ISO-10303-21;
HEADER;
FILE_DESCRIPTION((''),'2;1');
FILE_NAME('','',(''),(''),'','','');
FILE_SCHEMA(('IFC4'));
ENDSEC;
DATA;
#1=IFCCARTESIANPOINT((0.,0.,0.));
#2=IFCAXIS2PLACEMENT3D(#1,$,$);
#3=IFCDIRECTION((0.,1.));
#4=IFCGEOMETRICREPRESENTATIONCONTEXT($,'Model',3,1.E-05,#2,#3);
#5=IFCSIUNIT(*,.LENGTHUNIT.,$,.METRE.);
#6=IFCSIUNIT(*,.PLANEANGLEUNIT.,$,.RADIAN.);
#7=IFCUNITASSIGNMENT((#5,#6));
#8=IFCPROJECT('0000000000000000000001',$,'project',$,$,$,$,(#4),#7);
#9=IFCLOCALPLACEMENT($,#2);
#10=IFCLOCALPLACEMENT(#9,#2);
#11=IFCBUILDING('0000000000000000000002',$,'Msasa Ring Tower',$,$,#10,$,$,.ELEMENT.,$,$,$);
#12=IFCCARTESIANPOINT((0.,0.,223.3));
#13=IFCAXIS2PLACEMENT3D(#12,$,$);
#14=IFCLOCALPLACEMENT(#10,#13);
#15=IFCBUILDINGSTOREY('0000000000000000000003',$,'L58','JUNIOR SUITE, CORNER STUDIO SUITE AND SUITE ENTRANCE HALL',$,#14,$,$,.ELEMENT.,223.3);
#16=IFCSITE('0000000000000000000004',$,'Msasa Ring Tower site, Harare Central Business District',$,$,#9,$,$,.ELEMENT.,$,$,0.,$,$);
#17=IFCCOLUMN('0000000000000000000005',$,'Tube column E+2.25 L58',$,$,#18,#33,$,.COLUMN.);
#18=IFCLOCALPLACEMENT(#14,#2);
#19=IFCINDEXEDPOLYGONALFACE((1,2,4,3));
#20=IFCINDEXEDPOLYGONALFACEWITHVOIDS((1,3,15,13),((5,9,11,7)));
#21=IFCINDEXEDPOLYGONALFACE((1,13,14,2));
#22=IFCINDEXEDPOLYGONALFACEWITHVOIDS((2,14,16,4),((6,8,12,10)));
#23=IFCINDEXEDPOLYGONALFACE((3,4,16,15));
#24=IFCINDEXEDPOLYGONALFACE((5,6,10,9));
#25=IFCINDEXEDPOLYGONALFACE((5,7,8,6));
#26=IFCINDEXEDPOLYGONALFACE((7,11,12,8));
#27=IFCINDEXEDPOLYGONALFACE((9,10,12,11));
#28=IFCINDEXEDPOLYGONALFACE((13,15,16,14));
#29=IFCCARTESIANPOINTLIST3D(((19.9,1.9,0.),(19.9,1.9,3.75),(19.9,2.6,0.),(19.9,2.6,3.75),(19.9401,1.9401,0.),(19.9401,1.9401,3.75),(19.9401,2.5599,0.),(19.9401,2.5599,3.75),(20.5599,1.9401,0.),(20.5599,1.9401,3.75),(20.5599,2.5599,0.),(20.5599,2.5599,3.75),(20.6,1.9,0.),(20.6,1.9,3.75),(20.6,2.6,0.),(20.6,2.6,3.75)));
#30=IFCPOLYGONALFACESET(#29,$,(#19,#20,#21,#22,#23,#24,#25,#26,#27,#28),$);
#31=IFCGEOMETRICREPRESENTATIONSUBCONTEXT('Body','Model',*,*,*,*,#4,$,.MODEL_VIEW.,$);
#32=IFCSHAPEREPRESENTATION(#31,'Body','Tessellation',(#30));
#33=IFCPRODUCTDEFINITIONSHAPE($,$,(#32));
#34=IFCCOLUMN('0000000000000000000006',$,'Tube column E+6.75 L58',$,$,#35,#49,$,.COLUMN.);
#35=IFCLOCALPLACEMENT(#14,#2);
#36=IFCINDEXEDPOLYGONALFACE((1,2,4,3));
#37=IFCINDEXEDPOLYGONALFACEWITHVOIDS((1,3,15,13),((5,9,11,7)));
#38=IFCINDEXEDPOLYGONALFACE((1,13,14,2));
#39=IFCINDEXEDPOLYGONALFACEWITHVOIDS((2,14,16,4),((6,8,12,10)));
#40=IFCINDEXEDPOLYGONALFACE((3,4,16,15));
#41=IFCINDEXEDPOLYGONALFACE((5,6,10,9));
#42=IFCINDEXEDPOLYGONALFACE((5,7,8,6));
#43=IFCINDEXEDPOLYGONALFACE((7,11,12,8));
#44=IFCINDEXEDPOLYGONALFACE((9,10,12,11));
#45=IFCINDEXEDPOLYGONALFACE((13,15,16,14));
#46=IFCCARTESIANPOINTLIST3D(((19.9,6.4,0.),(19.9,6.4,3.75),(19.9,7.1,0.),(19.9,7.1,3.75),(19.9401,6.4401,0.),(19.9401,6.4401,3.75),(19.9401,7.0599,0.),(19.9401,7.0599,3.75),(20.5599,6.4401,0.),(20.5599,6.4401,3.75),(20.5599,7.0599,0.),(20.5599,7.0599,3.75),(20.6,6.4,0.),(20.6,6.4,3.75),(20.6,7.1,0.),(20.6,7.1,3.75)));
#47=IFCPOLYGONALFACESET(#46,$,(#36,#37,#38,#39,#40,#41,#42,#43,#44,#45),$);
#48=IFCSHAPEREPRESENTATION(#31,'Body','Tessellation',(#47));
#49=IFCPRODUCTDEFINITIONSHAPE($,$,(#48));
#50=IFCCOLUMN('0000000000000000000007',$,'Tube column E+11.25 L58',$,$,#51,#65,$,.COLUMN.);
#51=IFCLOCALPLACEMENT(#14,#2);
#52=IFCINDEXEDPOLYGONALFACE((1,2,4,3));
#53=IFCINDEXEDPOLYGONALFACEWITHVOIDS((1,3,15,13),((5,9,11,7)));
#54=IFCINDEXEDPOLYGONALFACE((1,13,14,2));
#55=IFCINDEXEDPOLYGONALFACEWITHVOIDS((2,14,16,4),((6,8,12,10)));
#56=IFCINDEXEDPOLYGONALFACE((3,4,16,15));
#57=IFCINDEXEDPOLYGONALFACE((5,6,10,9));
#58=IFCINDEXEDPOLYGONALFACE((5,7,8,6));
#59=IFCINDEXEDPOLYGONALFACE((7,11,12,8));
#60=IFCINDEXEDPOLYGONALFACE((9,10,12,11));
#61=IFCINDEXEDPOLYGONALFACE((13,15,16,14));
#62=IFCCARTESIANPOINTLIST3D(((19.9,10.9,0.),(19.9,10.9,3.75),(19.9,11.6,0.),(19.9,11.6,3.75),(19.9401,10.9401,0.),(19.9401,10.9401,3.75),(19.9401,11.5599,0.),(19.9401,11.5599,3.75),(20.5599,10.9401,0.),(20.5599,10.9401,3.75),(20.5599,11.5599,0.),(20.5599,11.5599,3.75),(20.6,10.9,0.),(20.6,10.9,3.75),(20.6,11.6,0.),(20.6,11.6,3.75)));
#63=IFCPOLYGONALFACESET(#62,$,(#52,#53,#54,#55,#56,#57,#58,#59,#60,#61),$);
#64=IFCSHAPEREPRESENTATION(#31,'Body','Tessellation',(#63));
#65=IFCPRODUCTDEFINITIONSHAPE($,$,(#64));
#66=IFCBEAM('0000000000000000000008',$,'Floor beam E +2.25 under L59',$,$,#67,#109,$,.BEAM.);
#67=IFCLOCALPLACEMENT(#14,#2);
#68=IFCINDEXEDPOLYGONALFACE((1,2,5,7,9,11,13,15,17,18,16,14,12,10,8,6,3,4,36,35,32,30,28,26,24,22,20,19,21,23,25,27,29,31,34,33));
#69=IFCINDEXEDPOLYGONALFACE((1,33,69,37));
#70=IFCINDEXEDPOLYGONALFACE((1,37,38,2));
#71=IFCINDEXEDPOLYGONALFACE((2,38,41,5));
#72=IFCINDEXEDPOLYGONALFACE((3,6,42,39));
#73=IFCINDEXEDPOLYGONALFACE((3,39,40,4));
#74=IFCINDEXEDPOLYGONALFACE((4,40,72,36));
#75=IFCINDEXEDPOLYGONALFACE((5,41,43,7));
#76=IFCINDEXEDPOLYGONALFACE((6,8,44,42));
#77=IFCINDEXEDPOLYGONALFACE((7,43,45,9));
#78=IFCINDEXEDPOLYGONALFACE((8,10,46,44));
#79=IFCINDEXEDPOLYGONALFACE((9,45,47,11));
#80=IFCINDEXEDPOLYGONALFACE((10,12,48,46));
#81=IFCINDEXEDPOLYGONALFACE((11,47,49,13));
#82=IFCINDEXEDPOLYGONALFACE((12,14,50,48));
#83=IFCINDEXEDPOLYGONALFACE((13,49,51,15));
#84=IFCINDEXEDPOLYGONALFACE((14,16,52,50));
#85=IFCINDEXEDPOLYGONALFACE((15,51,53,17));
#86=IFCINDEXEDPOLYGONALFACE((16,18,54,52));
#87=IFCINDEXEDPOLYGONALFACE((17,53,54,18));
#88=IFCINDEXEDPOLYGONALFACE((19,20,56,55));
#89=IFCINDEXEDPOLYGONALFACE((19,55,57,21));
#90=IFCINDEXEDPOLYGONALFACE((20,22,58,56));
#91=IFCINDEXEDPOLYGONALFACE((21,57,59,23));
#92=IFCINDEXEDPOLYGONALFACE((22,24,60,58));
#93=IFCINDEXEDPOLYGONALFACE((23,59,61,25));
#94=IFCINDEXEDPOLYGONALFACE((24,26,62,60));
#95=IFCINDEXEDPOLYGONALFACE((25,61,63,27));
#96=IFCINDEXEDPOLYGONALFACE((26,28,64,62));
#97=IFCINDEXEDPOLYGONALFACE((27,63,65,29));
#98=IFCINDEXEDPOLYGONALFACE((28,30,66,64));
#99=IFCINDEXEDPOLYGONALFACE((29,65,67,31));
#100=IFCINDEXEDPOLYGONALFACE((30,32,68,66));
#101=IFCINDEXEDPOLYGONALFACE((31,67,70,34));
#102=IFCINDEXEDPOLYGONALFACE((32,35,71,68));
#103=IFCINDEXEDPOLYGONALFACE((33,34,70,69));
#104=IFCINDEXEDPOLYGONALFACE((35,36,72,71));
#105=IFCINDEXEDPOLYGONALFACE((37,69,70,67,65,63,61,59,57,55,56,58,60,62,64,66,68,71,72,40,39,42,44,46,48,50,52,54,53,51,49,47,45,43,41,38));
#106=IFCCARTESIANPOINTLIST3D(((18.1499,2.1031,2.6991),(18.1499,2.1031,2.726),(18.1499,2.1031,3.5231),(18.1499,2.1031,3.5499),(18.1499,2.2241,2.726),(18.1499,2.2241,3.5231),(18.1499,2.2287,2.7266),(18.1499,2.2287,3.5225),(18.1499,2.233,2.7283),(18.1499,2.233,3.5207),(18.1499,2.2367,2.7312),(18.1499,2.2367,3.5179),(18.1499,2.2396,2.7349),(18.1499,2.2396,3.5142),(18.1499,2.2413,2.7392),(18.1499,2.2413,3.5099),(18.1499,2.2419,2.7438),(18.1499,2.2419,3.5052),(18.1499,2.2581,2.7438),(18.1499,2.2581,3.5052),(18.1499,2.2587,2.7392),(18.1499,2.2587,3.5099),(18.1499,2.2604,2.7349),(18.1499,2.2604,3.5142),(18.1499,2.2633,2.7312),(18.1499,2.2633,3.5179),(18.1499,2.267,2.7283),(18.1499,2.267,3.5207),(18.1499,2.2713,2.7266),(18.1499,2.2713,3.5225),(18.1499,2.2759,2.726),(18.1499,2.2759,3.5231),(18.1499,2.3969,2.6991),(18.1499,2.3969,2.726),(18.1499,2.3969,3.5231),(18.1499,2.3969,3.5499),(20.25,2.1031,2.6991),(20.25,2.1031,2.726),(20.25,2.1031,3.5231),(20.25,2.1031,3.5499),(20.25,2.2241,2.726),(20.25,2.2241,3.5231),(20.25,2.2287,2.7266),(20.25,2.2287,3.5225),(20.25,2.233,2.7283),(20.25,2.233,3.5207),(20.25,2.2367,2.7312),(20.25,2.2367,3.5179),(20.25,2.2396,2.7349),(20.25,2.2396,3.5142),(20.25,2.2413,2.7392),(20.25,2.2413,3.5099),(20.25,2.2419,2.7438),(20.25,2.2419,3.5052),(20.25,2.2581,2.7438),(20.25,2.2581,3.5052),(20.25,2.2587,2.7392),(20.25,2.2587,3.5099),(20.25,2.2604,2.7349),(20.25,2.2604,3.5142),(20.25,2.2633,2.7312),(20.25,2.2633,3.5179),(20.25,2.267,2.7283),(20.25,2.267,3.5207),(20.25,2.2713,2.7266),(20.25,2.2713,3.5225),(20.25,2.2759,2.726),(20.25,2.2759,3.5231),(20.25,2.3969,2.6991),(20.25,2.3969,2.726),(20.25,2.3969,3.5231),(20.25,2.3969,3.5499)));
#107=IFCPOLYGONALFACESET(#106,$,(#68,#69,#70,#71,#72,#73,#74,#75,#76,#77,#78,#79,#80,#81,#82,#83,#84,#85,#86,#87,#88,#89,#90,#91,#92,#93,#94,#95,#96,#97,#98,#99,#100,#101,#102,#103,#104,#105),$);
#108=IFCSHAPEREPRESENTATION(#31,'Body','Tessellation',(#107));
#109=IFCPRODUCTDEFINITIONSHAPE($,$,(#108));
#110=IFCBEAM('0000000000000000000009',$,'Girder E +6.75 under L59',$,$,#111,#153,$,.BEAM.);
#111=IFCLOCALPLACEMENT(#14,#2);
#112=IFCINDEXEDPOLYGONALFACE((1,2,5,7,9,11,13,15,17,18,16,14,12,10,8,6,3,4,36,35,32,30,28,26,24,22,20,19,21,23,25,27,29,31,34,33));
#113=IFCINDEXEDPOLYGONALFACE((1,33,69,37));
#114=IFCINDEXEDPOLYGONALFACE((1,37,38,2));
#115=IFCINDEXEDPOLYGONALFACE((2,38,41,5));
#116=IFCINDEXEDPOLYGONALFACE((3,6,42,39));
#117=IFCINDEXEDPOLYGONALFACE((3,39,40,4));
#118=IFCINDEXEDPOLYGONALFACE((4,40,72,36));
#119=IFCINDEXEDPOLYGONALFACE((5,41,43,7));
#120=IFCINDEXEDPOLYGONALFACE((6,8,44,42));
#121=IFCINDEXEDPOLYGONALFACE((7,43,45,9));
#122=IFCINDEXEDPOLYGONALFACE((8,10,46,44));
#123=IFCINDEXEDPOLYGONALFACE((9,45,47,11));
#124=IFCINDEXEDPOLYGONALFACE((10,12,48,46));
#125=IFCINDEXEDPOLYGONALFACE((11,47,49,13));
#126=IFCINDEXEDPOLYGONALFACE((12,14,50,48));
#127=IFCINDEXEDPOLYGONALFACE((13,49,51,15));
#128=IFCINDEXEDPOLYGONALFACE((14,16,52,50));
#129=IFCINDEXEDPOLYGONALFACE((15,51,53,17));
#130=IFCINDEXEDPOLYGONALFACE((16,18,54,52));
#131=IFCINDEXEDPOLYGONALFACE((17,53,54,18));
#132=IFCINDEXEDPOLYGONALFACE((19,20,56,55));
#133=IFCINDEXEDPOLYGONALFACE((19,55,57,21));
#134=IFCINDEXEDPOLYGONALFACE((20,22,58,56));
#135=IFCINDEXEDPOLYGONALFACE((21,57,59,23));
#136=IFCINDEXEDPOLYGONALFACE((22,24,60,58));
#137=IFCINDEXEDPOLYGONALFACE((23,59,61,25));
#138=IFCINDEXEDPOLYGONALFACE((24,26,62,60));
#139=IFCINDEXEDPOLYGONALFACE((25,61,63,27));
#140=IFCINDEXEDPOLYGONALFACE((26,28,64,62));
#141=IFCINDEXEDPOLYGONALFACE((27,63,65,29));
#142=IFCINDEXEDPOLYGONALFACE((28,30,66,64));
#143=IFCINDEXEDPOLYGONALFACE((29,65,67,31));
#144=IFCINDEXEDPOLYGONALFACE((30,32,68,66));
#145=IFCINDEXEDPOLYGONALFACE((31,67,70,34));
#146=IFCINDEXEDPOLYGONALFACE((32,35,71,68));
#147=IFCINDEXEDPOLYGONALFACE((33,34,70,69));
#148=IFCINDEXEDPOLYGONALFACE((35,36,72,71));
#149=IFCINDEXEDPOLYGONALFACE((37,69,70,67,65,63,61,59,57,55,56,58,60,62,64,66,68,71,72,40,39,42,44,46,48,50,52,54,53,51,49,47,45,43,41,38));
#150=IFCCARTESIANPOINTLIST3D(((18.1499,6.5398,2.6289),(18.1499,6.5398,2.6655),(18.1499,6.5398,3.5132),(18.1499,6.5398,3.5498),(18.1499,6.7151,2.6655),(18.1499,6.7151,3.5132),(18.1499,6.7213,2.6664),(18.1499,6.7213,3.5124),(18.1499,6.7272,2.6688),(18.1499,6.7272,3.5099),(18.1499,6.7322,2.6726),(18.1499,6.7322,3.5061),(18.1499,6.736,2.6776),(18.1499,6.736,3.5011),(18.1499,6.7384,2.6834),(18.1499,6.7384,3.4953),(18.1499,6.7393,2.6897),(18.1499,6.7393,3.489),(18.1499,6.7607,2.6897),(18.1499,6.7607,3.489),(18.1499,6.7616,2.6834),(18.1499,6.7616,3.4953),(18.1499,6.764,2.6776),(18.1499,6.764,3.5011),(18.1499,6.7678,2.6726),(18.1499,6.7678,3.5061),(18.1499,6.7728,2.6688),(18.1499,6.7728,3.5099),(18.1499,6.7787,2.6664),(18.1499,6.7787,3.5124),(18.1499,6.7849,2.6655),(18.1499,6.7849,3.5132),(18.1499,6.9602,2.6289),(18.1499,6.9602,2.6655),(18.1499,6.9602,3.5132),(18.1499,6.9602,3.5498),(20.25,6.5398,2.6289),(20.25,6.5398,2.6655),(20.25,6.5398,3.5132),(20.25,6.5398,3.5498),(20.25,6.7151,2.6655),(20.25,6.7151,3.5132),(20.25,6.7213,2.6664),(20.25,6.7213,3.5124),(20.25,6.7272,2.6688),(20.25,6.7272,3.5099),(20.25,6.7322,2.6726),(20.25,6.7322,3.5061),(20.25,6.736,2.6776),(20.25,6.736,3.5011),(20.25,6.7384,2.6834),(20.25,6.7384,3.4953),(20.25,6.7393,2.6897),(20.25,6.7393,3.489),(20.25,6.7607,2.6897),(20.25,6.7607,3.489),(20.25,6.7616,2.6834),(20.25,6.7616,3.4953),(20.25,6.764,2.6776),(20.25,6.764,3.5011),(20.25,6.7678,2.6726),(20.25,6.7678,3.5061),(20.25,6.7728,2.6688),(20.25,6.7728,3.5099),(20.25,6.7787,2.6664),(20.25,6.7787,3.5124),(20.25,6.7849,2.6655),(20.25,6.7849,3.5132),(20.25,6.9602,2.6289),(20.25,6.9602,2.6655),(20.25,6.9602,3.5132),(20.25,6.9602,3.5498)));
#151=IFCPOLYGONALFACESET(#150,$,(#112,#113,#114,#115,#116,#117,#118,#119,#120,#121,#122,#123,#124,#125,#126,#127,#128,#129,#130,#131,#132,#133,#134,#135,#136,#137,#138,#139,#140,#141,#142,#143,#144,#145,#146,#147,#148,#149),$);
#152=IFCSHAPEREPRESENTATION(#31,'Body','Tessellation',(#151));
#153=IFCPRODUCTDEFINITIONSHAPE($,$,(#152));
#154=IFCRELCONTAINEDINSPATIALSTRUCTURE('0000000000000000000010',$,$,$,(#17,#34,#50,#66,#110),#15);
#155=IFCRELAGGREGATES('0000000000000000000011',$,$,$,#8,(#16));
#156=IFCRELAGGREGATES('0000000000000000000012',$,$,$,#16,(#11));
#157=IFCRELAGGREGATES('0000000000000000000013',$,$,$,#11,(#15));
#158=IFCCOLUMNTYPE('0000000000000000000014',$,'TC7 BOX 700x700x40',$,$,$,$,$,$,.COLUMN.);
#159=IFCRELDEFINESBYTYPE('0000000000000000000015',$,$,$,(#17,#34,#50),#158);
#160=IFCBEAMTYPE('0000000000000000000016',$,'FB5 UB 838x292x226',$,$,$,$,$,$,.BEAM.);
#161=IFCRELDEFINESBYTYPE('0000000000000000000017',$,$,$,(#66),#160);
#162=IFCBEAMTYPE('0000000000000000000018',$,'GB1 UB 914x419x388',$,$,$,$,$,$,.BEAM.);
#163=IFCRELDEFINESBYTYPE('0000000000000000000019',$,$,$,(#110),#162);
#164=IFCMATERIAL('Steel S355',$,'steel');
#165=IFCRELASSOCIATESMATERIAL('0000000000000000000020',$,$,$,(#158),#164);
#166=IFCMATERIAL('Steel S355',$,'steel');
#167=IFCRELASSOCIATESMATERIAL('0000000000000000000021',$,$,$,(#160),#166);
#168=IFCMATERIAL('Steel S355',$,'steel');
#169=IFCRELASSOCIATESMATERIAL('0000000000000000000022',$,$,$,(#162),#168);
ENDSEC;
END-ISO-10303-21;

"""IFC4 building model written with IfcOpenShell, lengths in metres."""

from ifc_helpers import new_model, si_unit, direction, frame, origin, origin_2d, place, context, subcontext, project, spatial, hollow_rectangle, i_section, extrude, material, material_profile, profile_set, type_object, element, save


model = new_model("IFC4")

# Units and contexts
model_context = context("Model", 3, precision=1e-05, world=origin(), true_north=direction((0.0, 1.0)))
body_context = subcontext(model_context, "Body", "Model", "MODEL_VIEW")
ifc_project = project(units=[si_unit("LENGTHUNIT", "METRE"), si_unit("PLANEANGLEUNIT", "RADIAN")], contexts=[model_context])

# Site, building, storey
site_placement = place(None, origin())
site = spatial("IfcSite", under=ifc_project, at=site_placement, Name="Msasa Ring Tower site, Harare Central Business District", CompositionType="ELEMENT", RefElevation=0.0)
building_placement = place(site_placement, origin())
building = spatial("IfcBuilding", under=site, at=building_placement, Name="Msasa Ring Tower", CompositionType="ELEMENT")
storey_placement = place(building_placement, frame((0.0, 0.0, 223.3)))
storey = spatial("IfcBuildingStorey", under=building, at=storey_placement, Name="L58", Description="JUNIOR SUITE, CORNER STUDIO SUITE AND SUITE ENTRANCE HALL", CompositionType="ELEMENT", Elevation=223.3)

# Columns
ifc_material_1 = material(Name="Steel S355", Category="steel")
ifc_material_profile_1 = material_profile(ifc_material_1, hollow_rectangle(XDim=0.7, YDim=0.7, WallThickness=0.04, at=origin_2d()), Name="BOX 700x700x40")
ifc_profile_set_1 = profile_set([ifc_material_profile_1], Name="Steel S355")
column_type = type_object("IfcColumnType", Name="TC7 BOX 700x700x40", PredefinedType="COLUMN", material=ifc_profile_set_1)
for number, where, z_axis, x_axis, name in (
    (1, (20.25, 2.25, 0.0), (0.0, 0.0, 1.0), (1.0, 0.0, 0.0), "Tube column E+2.25 L58"),
    (2, (20.25, 6.75, 0.0), (0.0, 0.0, 1.0), (1.0, 0.0, 0.0), "Tube column E+6.75 L58"),
    (3, (20.25, 11.25, 0.0), (0.0, 0.0, 1.0), (1.0, 0.0, 0.0), "Tube column E+11.25 L58"),
):
    element("IfcColumn", number, at=place(storey_placement, frame(where, z_axis=z_axis, x_axis=x_axis)), inside=storey, type_object=column_type, Name=name, PredefinedType="COLUMN", context=body_context, shape_type="SweptSolid", body=[
        extrude(hollow_rectangle(XDim=0.7, YDim=0.7, WallThickness=0.04, at=origin_2d()), origin(), (0.0, 0.0, 1.0), 3.75),
    ])

# Beams
ifc_material_2 = material(Name="Steel S355", Category="steel")
ifc_material_profile_2 = material_profile(ifc_material_2, i_section(OverallWidth=0.2937, OverallDepth=0.8508, WebThickness=0.0161, FlangeThickness=0.0269, FilletRadius=0.0178, at=origin_2d()), Name="UB 838x292x226")
ifc_profile_set_2 = profile_set([ifc_material_profile_2], Name="Steel S355")
beam_type_1 = type_object("IfcBeamType", Name="FB5 UB 838x292x226", PredefinedType="BEAM", material=ifc_profile_set_2)
beam_1_placement = place(storey_placement, frame((20.25, 2.25, 3.1245), z_axis=(-1.0, 0.0, 0.0), x_axis=(0.0, -1.0, 0.0)))
element("IfcBeam", 4, at=beam_1_placement, inside=storey, type_object=beam_type_1, Name="Floor beam E +2.25 under L59", PredefinedType="BEAM", context=body_context, shape_type="SweptSolid", body=[
    extrude(i_section(OverallWidth=0.2937, OverallDepth=0.8508, WebThickness=0.0161, FlangeThickness=0.0269, FilletRadius=0.0178, at=origin_2d()), origin(), (0.0, 0.0, 1.0), 2.1001),
])
ifc_material_3 = material(Name="Steel S355", Category="steel")
ifc_material_profile_3 = material_profile(ifc_material_3, i_section(OverallWidth=0.4204, OverallDepth=0.9209, WebThickness=0.0215, FlangeThickness=0.0366, FilletRadius=0.0242, at=origin_2d()), Name="UB 914x419x388")
ifc_profile_set_3 = profile_set([ifc_material_profile_3], Name="Steel S355")
beam_type_2 = type_object("IfcBeamType", Name="GB1 UB 914x419x388", PredefinedType="BEAM", material=ifc_profile_set_3)
beam_2_placement = place(storey_placement, frame((18.1499, 6.75, 3.0894), z_axis=(1.0, 0.0, 0.0), x_axis=(0.0, 1.0, 0.0)))
element("IfcBeam", 5, at=beam_2_placement, inside=storey, type_object=beam_type_2, Name="Girder E +6.75 under L59", PredefinedType="BEAM", context=body_context, shape_type="SweptSolid", body=[
    extrude(i_section(OverallWidth=0.4204, OverallDepth=0.9209, WebThickness=0.0215, FlangeThickness=0.0366, FilletRadius=0.0242, at=origin_2d()), origin(), (0.0, 0.0, 1.0), 2.1001),
])

save(model, "model.ifc")
